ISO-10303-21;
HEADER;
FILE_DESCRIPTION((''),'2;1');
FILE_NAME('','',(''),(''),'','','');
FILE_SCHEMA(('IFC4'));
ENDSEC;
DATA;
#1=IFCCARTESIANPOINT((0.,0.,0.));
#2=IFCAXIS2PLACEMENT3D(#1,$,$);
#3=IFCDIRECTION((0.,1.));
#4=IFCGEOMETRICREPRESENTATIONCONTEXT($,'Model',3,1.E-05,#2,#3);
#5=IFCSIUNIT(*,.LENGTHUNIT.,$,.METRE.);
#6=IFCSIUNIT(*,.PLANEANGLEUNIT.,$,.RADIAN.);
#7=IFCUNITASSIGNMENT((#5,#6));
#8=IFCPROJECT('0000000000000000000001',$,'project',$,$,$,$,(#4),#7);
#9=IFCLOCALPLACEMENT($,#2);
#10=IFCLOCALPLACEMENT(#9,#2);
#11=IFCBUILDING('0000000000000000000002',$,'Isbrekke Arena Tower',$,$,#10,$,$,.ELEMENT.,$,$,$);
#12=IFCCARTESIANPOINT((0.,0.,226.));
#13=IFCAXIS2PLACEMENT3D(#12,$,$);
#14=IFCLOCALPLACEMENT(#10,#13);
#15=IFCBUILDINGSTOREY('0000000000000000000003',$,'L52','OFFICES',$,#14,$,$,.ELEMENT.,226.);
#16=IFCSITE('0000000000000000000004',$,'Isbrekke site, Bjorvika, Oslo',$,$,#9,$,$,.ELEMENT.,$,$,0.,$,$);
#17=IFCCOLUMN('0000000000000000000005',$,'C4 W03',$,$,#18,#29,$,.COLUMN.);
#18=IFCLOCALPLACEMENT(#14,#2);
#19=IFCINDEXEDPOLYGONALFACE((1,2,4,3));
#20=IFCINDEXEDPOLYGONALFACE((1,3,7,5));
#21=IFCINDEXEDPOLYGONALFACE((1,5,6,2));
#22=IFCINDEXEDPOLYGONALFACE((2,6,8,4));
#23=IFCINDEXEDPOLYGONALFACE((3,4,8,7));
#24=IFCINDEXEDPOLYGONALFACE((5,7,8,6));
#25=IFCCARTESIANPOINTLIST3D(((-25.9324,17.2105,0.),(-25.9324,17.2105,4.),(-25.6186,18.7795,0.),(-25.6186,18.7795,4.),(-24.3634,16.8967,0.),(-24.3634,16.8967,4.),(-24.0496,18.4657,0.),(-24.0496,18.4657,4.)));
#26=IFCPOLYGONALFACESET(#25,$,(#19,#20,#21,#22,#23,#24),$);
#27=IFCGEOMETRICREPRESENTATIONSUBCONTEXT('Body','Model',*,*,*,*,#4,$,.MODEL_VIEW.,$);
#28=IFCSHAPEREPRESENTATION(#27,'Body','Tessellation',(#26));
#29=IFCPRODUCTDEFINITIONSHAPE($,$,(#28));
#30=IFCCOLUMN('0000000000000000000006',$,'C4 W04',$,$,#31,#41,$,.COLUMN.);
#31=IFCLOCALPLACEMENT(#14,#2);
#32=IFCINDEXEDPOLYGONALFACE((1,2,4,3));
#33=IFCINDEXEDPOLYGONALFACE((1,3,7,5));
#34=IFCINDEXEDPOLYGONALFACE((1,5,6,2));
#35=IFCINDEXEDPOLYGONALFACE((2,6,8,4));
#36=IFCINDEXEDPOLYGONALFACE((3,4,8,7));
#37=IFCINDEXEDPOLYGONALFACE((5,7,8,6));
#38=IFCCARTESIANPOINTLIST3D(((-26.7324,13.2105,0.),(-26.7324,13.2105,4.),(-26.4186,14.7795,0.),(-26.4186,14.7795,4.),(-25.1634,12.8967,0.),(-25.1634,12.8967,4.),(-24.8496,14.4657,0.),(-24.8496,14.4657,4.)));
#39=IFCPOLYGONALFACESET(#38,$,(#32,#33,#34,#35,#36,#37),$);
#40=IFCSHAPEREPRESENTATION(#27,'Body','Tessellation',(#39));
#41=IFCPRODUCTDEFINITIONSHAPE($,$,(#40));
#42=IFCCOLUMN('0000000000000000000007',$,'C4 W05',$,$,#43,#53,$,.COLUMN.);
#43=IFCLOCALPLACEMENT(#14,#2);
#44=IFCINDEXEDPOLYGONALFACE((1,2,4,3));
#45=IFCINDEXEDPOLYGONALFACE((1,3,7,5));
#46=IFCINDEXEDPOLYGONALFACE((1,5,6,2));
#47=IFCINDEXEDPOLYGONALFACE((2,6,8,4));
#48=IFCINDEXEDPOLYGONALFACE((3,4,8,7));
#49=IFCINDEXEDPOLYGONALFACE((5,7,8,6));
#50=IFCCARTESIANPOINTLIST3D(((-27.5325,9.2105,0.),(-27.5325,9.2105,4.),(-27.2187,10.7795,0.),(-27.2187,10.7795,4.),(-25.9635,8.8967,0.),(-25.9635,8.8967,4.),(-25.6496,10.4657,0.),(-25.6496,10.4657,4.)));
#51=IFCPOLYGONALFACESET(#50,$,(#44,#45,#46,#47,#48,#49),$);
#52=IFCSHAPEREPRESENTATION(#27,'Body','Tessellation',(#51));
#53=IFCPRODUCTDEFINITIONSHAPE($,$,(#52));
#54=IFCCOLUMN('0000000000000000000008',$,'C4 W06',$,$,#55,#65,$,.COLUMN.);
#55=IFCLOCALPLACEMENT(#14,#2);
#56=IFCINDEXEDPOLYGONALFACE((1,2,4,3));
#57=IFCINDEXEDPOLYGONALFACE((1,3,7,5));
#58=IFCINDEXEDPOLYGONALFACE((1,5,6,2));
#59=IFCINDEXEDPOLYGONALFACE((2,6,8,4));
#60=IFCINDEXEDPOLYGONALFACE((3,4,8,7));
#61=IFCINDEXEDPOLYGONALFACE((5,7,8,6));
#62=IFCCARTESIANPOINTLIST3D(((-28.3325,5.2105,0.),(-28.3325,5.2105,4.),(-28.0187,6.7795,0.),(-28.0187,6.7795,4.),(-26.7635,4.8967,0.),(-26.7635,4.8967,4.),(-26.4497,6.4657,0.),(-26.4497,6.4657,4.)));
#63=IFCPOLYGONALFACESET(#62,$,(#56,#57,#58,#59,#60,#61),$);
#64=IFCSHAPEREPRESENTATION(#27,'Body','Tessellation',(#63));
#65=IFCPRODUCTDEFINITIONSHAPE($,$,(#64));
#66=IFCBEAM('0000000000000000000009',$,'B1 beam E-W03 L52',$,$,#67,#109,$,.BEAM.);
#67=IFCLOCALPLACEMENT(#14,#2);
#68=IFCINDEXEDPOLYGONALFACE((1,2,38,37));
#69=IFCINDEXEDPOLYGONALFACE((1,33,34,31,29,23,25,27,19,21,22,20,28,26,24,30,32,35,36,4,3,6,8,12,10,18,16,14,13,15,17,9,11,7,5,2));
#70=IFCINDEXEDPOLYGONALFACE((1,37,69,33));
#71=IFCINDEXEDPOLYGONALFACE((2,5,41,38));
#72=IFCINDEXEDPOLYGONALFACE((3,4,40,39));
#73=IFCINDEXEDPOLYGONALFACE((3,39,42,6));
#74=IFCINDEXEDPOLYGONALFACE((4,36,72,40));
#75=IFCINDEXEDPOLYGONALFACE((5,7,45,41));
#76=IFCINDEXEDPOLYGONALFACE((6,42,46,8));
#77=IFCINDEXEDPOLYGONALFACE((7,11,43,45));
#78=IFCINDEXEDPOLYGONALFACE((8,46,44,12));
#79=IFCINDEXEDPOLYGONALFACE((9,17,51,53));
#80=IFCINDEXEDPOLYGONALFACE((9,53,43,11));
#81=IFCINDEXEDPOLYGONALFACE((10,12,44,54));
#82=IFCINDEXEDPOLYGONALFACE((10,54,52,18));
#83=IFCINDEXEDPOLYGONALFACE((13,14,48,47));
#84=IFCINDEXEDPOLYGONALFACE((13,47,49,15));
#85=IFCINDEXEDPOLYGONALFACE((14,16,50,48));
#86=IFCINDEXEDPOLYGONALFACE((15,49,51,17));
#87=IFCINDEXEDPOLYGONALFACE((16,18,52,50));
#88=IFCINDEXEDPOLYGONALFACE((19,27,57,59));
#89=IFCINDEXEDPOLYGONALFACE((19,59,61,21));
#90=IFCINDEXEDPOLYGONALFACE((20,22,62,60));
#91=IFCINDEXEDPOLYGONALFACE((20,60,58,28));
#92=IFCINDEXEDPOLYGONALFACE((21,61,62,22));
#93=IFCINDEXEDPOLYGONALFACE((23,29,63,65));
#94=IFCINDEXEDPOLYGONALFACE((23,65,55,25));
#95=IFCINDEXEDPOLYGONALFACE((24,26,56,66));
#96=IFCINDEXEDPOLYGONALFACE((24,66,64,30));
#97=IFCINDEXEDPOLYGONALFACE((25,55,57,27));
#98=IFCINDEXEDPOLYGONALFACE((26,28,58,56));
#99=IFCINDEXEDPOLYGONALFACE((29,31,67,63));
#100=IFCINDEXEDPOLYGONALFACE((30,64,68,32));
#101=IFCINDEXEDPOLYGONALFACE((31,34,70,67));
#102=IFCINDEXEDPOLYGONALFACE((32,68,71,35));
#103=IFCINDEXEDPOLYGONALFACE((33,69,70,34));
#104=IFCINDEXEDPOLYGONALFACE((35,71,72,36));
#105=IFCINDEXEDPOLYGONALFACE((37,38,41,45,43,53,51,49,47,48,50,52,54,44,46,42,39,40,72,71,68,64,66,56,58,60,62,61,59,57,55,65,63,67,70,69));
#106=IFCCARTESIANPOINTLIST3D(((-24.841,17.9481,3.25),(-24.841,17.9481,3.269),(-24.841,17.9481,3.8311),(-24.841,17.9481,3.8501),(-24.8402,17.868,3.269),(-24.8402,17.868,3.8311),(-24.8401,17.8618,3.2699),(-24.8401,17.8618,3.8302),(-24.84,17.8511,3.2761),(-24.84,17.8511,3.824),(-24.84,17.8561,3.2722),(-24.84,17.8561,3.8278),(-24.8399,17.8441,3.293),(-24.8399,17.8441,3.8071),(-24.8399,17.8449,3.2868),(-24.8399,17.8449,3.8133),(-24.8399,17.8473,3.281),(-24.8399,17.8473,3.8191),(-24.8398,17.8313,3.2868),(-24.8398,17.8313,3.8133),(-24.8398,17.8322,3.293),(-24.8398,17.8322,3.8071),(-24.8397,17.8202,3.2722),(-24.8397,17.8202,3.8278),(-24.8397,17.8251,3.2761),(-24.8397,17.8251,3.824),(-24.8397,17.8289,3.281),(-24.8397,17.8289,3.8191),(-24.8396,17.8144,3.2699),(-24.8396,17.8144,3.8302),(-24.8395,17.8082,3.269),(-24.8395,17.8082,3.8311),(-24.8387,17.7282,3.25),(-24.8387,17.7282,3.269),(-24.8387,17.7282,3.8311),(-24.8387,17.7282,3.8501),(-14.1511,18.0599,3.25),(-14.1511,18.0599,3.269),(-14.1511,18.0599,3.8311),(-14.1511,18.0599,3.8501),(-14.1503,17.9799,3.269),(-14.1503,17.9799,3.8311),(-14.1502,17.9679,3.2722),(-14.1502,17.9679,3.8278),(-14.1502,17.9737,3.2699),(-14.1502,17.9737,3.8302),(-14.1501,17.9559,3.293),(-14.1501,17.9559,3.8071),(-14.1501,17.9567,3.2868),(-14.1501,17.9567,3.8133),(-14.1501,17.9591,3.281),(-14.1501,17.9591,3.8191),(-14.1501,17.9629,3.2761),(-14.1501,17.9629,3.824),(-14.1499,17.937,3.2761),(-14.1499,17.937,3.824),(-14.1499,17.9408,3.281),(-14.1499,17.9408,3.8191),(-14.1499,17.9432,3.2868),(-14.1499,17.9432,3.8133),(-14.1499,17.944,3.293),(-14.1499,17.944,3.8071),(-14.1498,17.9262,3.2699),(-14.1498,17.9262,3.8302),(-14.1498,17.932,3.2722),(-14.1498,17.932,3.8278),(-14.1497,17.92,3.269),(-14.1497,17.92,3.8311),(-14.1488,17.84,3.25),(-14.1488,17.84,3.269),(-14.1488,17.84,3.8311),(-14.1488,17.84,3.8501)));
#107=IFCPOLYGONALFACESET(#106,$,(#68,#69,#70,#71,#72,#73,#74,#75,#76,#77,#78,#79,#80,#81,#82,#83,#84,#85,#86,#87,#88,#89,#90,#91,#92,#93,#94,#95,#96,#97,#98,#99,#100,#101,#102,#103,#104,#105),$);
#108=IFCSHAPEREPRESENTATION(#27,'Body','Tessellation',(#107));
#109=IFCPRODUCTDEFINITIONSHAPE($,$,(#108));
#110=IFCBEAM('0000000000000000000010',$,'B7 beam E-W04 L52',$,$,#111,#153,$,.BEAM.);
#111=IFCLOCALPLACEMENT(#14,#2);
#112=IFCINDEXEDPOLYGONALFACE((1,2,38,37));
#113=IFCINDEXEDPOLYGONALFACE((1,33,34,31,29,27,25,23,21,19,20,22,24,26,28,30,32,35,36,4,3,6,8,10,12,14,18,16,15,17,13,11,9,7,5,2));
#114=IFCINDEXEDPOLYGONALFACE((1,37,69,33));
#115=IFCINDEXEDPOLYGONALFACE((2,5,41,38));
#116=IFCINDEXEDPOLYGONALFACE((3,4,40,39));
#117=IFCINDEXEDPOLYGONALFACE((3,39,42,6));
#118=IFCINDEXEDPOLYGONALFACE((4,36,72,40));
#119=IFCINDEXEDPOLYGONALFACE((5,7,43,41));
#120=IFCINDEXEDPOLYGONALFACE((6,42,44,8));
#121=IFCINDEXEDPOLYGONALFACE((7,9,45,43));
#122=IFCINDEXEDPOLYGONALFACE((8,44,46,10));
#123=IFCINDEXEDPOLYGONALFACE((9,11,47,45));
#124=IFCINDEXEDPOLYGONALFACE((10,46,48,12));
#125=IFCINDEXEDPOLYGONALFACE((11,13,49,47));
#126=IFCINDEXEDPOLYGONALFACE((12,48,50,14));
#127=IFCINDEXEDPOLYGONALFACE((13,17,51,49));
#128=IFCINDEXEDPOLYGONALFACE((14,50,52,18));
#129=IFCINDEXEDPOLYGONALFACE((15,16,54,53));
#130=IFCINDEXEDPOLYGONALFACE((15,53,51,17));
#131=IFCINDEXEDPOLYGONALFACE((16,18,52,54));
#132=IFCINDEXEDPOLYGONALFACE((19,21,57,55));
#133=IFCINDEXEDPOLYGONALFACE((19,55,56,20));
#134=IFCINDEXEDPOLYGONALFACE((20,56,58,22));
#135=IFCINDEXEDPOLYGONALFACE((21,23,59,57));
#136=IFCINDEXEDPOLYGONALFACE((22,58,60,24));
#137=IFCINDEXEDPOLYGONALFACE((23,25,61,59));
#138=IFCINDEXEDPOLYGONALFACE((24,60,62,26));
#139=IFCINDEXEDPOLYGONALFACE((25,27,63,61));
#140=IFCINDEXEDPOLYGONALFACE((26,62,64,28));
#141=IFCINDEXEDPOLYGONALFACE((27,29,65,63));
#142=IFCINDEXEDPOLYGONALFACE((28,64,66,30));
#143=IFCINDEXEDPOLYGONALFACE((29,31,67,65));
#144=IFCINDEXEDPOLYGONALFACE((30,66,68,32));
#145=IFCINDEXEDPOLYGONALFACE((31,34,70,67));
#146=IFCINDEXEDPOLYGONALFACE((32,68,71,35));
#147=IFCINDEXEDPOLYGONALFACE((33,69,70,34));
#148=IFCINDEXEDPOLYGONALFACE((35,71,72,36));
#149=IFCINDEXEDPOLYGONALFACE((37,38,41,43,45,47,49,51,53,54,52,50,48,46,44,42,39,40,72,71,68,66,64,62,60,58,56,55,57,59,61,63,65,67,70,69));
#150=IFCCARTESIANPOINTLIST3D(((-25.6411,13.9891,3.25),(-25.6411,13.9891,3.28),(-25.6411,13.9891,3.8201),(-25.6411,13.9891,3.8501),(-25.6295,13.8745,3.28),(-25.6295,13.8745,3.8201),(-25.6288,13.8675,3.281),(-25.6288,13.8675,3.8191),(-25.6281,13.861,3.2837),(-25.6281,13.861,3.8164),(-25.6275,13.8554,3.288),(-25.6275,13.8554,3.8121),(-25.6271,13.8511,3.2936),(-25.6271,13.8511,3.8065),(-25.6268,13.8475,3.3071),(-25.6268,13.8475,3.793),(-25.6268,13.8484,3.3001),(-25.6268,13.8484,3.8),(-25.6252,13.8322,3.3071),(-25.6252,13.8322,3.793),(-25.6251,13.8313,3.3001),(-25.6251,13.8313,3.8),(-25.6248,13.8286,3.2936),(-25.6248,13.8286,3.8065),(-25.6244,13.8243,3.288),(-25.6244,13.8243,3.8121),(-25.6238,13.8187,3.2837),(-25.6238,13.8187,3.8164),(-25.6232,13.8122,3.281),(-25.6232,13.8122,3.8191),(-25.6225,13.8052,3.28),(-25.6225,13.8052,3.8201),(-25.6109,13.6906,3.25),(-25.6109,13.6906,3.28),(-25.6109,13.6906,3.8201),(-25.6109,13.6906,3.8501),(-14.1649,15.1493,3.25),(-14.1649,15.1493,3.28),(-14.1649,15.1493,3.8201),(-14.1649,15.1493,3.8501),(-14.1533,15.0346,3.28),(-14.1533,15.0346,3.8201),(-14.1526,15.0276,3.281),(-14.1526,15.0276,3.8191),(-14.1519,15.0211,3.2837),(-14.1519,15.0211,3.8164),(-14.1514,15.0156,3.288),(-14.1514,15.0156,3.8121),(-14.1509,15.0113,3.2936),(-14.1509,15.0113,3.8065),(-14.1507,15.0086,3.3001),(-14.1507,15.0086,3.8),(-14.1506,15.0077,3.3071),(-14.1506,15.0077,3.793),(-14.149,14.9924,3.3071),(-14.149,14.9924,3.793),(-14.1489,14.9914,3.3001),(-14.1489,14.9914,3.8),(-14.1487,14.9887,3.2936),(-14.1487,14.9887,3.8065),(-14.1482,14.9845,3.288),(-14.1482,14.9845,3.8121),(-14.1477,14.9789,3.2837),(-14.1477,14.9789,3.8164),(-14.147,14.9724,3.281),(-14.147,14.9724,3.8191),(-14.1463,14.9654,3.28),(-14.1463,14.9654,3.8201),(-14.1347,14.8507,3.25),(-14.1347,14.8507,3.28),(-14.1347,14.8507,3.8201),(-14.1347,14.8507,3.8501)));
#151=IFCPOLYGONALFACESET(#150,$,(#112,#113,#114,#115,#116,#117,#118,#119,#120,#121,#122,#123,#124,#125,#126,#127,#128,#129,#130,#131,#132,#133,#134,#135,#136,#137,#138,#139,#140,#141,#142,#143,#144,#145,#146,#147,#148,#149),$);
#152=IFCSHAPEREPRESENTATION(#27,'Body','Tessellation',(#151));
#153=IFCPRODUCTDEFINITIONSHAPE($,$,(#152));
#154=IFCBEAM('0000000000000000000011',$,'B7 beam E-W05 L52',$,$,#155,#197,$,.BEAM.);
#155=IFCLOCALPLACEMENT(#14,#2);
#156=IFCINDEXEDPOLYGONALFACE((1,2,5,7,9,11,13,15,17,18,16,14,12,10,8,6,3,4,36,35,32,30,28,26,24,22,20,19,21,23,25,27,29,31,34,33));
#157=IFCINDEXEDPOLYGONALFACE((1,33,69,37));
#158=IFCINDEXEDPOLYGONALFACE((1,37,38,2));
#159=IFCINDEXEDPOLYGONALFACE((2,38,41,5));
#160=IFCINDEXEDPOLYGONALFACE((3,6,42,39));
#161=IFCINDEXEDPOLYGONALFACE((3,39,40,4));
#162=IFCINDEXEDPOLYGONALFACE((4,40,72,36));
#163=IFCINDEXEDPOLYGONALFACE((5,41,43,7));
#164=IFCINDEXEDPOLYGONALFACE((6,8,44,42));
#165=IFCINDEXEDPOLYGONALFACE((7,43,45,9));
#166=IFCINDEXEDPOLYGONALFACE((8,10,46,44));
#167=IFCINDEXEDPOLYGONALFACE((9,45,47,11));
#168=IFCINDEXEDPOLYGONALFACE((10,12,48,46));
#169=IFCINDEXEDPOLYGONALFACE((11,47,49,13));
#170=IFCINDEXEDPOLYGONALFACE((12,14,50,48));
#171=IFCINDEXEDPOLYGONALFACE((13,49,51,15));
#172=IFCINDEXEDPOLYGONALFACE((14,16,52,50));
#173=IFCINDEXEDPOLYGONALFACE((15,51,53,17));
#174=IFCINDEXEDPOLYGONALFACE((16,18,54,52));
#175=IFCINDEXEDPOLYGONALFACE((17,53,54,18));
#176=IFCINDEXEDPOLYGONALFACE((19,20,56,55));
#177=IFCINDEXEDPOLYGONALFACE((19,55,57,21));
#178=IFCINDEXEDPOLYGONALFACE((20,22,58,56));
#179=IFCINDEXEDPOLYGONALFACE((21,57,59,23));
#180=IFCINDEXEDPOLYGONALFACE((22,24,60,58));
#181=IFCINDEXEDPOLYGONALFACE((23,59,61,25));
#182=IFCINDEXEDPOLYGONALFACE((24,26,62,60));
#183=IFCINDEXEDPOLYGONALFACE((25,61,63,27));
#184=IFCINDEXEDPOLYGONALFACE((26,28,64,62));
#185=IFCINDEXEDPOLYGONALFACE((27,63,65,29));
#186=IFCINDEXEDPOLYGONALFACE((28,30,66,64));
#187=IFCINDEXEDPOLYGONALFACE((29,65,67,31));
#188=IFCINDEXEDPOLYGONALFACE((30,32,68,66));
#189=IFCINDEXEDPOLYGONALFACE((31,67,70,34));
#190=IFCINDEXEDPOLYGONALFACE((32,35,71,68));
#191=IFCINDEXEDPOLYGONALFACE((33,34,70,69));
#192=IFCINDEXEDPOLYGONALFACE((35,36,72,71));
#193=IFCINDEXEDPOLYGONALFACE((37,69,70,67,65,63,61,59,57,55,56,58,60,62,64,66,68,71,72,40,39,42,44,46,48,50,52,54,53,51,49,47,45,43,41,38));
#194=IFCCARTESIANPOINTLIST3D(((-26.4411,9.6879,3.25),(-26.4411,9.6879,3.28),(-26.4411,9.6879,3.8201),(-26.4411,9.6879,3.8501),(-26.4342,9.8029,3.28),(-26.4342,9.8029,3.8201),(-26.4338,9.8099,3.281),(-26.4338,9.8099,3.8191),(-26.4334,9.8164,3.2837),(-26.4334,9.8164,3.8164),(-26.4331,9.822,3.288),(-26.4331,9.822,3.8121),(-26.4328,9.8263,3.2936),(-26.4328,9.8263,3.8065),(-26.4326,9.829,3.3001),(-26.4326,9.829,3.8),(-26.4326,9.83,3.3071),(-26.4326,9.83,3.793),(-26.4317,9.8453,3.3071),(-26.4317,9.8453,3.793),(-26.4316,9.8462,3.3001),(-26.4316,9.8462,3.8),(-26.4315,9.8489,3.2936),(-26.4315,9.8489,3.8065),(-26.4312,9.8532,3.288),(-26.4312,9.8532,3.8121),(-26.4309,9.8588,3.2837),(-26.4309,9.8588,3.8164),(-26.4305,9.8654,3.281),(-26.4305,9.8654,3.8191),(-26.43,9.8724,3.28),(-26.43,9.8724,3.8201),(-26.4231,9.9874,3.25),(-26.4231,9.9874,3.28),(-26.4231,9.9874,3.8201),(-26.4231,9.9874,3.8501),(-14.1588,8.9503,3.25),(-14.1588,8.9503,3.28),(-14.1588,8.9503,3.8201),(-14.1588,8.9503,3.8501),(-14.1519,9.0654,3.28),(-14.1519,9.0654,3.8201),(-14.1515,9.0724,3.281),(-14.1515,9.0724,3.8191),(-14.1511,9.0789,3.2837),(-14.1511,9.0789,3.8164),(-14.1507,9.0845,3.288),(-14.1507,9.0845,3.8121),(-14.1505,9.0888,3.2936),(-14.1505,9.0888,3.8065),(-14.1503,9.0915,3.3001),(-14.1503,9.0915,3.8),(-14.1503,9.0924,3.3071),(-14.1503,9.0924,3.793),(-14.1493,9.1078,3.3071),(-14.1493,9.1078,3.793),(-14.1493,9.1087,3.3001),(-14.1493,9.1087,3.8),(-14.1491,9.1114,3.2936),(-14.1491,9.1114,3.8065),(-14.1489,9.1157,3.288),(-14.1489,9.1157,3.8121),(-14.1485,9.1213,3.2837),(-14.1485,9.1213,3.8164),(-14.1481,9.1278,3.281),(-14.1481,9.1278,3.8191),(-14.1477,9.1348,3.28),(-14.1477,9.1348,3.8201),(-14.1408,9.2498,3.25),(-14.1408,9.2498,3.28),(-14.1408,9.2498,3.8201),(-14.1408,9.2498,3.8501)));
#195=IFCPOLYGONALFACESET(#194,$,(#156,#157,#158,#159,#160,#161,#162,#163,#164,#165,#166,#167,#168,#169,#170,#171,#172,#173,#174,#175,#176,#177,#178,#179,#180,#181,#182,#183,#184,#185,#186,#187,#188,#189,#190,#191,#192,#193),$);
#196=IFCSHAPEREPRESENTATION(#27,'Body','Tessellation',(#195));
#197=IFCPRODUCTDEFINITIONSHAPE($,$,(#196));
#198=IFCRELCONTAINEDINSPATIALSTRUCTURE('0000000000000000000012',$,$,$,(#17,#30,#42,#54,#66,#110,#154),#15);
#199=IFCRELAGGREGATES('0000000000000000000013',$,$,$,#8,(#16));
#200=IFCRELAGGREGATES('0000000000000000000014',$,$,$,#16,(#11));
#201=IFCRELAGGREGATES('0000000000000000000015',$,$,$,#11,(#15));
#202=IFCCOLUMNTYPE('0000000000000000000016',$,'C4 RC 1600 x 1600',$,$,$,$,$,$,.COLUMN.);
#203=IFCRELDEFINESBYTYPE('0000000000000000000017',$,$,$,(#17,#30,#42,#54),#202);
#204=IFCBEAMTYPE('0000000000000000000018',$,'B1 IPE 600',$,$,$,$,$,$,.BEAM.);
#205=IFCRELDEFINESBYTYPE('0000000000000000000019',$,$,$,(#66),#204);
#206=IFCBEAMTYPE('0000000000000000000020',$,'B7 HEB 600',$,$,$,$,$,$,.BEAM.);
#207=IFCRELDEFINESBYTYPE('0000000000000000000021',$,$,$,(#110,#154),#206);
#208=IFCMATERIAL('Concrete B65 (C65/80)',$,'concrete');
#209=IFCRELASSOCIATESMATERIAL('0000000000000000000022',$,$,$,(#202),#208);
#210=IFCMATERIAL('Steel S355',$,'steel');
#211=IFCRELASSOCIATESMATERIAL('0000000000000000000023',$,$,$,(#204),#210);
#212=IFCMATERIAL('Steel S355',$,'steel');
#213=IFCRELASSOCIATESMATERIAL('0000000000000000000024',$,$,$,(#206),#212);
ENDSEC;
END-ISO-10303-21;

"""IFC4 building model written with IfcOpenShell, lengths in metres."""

from ifc_helpers import new_model, si_unit, direction, frame, origin, origin_2d, place, context, subcontext, project, spatial, rectangle, i_section, extrude, material, material_profile, profile_set, type_object, element, save


model = new_model("IFC4")

# Units and contexts
model_context = context("Model", 3, precision=1e-05, world=origin(), true_north=direction((0.0, 1.0)))
body_context = subcontext(model_context, "Body", "Model", "MODEL_VIEW")
ifc_project = project(units=[si_unit("LENGTHUNIT", "METRE"), si_unit("PLANEANGLEUNIT", "RADIAN")], contexts=[model_context])

# Site, building, storey
site_placement = place(None, origin())
site = spatial("IfcSite", under=ifc_project, at=site_placement, Name="Isbrekke site, Bjorvika, Oslo", CompositionType="ELEMENT", RefElevation=0.0)
building_placement = place(site_placement, origin())
building = spatial("IfcBuilding", under=site, at=building_placement, Name="Isbrekke Arena Tower", CompositionType="ELEMENT")
storey_placement = place(building_placement, frame((0.0, 0.0, 226.0)))
storey = spatial("IfcBuildingStorey", under=building, at=storey_placement, Name="L52", Description="OFFICES", CompositionType="ELEMENT", Elevation=226.0)

# Columns
ifc_material_1 = material(Name="Concrete B65 (C65/80)", Category="concrete")
ifc_material_profile_1 = material_profile(ifc_material_1, rectangle(XDim=1.6001, YDim=1.6001, at=origin_2d()), Name="RC 1600x1600")
ifc_profile_set_1 = profile_set([ifc_material_profile_1], Name="Concrete B65 (C65/80)")
column_type = type_object("IfcColumnType", Name="C4 RC 1600 x 1600", PredefinedType="COLUMN", material=ifc_profile_set_1)
for number, where, z_axis, x_axis, name in (
    (1, (-24.991, 17.8381, 0.0), (0.0, 0.0, 1.0), (-0.196116, -0.980581, 0.0), "C4 W03"),
    (2, (-25.791, 13.8381, 0.0), (0.0, 0.0, 1.0), (-0.196116, -0.980581, 0.0), "C4 W04"),
    (3, (-26.5911, 9.8381, 0.0), (0.0, 0.0, 1.0), (-0.196116, -0.980581, 0.0), "C4 W05"),
    (4, (-27.3911, 5.8381, 0.0), (0.0, 0.0, 1.0), (-0.196116, -0.980581, 0.0), "C4 W06"),
):
    element("IfcColumn", number, at=place(storey_placement, frame(where, z_axis=z_axis, x_axis=x_axis)), inside=storey, type_object=column_type, Name=name, PredefinedType="COLUMN", context=body_context, shape_type="SweptSolid", body=[
        extrude(rectangle(XDim=1.6001, YDim=1.6001, at=origin_2d()), origin(), (0.0, 0.0, 1.0), 4.0),
    ])

# Beams
ifc_material_2 = material(Name="Steel S355", Category="steel")
ifc_material_profile_2 = material_profile(ifc_material_2, i_section(OverallWidth=0.22, OverallDepth=0.6001, WebThickness=0.012, FlangeThickness=0.019, FilletRadius=0.0239, at=origin_2d()), Name="IPE 600")
ifc_profile_set_2 = profile_set([ifc_material_profile_2], Name="Steel S355")
beam_type_1 = type_object("IfcBeamType", Name="B1 IPE 600", PredefinedType="BEAM", material=ifc_profile_set_2)
beam_1_placement = place(storey_placement, frame((-24.8398, 17.8381, 3.55), z_axis=(0.999945, 0.010459, 0.0), x_axis=(-0.010459, 0.999945, 0.0)))
element("IfcBeam", 5, at=beam_1_placement, inside=storey, type_object=beam_type_1, Name="B1 beam E-W03 L52", PredefinedType="BEAM", context=body_context, shape_type="SweptSolid", body=[
    extrude(i_section(OverallWidth=0.22, OverallDepth=0.6001, WebThickness=0.012, FlangeThickness=0.019, FilletRadius=0.0239, at=origin_2d()), origin(), (0.0, 0.0, 1.0), 10.6904),
])
ifc_material_3 = material(Name="Steel S355", Category="steel")
ifc_material_profile_3 = material_profile(ifc_material_3, i_section(OverallWidth=0.3, OverallDepth=0.6001, WebThickness=0.0154, FlangeThickness=0.03, FilletRadius=0.0271, at=origin_2d()), Name="HEB 600")
ifc_profile_set_3 = profile_set([ifc_material_profile_3], Name="Steel S355")
beam_type_2 = type_object("IfcBeamType", Name="B7 HEB 600", PredefinedType="BEAM", material=ifc_profile_set_3)
beam_2_placement = place(storey_placement, frame((-25.626, 13.8398, 3.55), z_axis=(0.994929, 0.100581, 0.0), x_axis=(-0.100581, 0.994929, 0.0)))
element("IfcBeam", 6, at=beam_2_placement, inside=storey, type_object=beam_type_2, Name="B7 beam E-W04 L52", PredefinedType="BEAM", context=body_context, shape_type="SweptSolid", body=[
    extrude(i_section(OverallWidth=0.3, OverallDepth=0.6001, WebThickness=0.0154, FlangeThickness=0.03, FilletRadius=0.0271, at=origin_2d()), origin(), (0.0, 0.0, 1.0), 11.5347),
])
beam_3_placement = place(storey_placement, frame((-26.4321, 9.8376, 3.55), z_axis=(0.998202, -0.059942, 0.0), x_axis=(0.059942, 0.998202, 0.0)))
element("IfcBeam", 7, at=beam_3_placement, inside=storey, type_object=beam_type_2, Name="B7 beam E-W05 L52", PredefinedType="BEAM", context=body_context, shape_type="SweptSolid", body=[
    extrude(i_section(OverallWidth=0.3, OverallDepth=0.6001, WebThickness=0.0154, FlangeThickness=0.03, FilletRadius=0.0271, at=origin_2d()), origin(), (0.0, 0.0, 1.0), 12.3044),
])

save(model, "model.ifc")
